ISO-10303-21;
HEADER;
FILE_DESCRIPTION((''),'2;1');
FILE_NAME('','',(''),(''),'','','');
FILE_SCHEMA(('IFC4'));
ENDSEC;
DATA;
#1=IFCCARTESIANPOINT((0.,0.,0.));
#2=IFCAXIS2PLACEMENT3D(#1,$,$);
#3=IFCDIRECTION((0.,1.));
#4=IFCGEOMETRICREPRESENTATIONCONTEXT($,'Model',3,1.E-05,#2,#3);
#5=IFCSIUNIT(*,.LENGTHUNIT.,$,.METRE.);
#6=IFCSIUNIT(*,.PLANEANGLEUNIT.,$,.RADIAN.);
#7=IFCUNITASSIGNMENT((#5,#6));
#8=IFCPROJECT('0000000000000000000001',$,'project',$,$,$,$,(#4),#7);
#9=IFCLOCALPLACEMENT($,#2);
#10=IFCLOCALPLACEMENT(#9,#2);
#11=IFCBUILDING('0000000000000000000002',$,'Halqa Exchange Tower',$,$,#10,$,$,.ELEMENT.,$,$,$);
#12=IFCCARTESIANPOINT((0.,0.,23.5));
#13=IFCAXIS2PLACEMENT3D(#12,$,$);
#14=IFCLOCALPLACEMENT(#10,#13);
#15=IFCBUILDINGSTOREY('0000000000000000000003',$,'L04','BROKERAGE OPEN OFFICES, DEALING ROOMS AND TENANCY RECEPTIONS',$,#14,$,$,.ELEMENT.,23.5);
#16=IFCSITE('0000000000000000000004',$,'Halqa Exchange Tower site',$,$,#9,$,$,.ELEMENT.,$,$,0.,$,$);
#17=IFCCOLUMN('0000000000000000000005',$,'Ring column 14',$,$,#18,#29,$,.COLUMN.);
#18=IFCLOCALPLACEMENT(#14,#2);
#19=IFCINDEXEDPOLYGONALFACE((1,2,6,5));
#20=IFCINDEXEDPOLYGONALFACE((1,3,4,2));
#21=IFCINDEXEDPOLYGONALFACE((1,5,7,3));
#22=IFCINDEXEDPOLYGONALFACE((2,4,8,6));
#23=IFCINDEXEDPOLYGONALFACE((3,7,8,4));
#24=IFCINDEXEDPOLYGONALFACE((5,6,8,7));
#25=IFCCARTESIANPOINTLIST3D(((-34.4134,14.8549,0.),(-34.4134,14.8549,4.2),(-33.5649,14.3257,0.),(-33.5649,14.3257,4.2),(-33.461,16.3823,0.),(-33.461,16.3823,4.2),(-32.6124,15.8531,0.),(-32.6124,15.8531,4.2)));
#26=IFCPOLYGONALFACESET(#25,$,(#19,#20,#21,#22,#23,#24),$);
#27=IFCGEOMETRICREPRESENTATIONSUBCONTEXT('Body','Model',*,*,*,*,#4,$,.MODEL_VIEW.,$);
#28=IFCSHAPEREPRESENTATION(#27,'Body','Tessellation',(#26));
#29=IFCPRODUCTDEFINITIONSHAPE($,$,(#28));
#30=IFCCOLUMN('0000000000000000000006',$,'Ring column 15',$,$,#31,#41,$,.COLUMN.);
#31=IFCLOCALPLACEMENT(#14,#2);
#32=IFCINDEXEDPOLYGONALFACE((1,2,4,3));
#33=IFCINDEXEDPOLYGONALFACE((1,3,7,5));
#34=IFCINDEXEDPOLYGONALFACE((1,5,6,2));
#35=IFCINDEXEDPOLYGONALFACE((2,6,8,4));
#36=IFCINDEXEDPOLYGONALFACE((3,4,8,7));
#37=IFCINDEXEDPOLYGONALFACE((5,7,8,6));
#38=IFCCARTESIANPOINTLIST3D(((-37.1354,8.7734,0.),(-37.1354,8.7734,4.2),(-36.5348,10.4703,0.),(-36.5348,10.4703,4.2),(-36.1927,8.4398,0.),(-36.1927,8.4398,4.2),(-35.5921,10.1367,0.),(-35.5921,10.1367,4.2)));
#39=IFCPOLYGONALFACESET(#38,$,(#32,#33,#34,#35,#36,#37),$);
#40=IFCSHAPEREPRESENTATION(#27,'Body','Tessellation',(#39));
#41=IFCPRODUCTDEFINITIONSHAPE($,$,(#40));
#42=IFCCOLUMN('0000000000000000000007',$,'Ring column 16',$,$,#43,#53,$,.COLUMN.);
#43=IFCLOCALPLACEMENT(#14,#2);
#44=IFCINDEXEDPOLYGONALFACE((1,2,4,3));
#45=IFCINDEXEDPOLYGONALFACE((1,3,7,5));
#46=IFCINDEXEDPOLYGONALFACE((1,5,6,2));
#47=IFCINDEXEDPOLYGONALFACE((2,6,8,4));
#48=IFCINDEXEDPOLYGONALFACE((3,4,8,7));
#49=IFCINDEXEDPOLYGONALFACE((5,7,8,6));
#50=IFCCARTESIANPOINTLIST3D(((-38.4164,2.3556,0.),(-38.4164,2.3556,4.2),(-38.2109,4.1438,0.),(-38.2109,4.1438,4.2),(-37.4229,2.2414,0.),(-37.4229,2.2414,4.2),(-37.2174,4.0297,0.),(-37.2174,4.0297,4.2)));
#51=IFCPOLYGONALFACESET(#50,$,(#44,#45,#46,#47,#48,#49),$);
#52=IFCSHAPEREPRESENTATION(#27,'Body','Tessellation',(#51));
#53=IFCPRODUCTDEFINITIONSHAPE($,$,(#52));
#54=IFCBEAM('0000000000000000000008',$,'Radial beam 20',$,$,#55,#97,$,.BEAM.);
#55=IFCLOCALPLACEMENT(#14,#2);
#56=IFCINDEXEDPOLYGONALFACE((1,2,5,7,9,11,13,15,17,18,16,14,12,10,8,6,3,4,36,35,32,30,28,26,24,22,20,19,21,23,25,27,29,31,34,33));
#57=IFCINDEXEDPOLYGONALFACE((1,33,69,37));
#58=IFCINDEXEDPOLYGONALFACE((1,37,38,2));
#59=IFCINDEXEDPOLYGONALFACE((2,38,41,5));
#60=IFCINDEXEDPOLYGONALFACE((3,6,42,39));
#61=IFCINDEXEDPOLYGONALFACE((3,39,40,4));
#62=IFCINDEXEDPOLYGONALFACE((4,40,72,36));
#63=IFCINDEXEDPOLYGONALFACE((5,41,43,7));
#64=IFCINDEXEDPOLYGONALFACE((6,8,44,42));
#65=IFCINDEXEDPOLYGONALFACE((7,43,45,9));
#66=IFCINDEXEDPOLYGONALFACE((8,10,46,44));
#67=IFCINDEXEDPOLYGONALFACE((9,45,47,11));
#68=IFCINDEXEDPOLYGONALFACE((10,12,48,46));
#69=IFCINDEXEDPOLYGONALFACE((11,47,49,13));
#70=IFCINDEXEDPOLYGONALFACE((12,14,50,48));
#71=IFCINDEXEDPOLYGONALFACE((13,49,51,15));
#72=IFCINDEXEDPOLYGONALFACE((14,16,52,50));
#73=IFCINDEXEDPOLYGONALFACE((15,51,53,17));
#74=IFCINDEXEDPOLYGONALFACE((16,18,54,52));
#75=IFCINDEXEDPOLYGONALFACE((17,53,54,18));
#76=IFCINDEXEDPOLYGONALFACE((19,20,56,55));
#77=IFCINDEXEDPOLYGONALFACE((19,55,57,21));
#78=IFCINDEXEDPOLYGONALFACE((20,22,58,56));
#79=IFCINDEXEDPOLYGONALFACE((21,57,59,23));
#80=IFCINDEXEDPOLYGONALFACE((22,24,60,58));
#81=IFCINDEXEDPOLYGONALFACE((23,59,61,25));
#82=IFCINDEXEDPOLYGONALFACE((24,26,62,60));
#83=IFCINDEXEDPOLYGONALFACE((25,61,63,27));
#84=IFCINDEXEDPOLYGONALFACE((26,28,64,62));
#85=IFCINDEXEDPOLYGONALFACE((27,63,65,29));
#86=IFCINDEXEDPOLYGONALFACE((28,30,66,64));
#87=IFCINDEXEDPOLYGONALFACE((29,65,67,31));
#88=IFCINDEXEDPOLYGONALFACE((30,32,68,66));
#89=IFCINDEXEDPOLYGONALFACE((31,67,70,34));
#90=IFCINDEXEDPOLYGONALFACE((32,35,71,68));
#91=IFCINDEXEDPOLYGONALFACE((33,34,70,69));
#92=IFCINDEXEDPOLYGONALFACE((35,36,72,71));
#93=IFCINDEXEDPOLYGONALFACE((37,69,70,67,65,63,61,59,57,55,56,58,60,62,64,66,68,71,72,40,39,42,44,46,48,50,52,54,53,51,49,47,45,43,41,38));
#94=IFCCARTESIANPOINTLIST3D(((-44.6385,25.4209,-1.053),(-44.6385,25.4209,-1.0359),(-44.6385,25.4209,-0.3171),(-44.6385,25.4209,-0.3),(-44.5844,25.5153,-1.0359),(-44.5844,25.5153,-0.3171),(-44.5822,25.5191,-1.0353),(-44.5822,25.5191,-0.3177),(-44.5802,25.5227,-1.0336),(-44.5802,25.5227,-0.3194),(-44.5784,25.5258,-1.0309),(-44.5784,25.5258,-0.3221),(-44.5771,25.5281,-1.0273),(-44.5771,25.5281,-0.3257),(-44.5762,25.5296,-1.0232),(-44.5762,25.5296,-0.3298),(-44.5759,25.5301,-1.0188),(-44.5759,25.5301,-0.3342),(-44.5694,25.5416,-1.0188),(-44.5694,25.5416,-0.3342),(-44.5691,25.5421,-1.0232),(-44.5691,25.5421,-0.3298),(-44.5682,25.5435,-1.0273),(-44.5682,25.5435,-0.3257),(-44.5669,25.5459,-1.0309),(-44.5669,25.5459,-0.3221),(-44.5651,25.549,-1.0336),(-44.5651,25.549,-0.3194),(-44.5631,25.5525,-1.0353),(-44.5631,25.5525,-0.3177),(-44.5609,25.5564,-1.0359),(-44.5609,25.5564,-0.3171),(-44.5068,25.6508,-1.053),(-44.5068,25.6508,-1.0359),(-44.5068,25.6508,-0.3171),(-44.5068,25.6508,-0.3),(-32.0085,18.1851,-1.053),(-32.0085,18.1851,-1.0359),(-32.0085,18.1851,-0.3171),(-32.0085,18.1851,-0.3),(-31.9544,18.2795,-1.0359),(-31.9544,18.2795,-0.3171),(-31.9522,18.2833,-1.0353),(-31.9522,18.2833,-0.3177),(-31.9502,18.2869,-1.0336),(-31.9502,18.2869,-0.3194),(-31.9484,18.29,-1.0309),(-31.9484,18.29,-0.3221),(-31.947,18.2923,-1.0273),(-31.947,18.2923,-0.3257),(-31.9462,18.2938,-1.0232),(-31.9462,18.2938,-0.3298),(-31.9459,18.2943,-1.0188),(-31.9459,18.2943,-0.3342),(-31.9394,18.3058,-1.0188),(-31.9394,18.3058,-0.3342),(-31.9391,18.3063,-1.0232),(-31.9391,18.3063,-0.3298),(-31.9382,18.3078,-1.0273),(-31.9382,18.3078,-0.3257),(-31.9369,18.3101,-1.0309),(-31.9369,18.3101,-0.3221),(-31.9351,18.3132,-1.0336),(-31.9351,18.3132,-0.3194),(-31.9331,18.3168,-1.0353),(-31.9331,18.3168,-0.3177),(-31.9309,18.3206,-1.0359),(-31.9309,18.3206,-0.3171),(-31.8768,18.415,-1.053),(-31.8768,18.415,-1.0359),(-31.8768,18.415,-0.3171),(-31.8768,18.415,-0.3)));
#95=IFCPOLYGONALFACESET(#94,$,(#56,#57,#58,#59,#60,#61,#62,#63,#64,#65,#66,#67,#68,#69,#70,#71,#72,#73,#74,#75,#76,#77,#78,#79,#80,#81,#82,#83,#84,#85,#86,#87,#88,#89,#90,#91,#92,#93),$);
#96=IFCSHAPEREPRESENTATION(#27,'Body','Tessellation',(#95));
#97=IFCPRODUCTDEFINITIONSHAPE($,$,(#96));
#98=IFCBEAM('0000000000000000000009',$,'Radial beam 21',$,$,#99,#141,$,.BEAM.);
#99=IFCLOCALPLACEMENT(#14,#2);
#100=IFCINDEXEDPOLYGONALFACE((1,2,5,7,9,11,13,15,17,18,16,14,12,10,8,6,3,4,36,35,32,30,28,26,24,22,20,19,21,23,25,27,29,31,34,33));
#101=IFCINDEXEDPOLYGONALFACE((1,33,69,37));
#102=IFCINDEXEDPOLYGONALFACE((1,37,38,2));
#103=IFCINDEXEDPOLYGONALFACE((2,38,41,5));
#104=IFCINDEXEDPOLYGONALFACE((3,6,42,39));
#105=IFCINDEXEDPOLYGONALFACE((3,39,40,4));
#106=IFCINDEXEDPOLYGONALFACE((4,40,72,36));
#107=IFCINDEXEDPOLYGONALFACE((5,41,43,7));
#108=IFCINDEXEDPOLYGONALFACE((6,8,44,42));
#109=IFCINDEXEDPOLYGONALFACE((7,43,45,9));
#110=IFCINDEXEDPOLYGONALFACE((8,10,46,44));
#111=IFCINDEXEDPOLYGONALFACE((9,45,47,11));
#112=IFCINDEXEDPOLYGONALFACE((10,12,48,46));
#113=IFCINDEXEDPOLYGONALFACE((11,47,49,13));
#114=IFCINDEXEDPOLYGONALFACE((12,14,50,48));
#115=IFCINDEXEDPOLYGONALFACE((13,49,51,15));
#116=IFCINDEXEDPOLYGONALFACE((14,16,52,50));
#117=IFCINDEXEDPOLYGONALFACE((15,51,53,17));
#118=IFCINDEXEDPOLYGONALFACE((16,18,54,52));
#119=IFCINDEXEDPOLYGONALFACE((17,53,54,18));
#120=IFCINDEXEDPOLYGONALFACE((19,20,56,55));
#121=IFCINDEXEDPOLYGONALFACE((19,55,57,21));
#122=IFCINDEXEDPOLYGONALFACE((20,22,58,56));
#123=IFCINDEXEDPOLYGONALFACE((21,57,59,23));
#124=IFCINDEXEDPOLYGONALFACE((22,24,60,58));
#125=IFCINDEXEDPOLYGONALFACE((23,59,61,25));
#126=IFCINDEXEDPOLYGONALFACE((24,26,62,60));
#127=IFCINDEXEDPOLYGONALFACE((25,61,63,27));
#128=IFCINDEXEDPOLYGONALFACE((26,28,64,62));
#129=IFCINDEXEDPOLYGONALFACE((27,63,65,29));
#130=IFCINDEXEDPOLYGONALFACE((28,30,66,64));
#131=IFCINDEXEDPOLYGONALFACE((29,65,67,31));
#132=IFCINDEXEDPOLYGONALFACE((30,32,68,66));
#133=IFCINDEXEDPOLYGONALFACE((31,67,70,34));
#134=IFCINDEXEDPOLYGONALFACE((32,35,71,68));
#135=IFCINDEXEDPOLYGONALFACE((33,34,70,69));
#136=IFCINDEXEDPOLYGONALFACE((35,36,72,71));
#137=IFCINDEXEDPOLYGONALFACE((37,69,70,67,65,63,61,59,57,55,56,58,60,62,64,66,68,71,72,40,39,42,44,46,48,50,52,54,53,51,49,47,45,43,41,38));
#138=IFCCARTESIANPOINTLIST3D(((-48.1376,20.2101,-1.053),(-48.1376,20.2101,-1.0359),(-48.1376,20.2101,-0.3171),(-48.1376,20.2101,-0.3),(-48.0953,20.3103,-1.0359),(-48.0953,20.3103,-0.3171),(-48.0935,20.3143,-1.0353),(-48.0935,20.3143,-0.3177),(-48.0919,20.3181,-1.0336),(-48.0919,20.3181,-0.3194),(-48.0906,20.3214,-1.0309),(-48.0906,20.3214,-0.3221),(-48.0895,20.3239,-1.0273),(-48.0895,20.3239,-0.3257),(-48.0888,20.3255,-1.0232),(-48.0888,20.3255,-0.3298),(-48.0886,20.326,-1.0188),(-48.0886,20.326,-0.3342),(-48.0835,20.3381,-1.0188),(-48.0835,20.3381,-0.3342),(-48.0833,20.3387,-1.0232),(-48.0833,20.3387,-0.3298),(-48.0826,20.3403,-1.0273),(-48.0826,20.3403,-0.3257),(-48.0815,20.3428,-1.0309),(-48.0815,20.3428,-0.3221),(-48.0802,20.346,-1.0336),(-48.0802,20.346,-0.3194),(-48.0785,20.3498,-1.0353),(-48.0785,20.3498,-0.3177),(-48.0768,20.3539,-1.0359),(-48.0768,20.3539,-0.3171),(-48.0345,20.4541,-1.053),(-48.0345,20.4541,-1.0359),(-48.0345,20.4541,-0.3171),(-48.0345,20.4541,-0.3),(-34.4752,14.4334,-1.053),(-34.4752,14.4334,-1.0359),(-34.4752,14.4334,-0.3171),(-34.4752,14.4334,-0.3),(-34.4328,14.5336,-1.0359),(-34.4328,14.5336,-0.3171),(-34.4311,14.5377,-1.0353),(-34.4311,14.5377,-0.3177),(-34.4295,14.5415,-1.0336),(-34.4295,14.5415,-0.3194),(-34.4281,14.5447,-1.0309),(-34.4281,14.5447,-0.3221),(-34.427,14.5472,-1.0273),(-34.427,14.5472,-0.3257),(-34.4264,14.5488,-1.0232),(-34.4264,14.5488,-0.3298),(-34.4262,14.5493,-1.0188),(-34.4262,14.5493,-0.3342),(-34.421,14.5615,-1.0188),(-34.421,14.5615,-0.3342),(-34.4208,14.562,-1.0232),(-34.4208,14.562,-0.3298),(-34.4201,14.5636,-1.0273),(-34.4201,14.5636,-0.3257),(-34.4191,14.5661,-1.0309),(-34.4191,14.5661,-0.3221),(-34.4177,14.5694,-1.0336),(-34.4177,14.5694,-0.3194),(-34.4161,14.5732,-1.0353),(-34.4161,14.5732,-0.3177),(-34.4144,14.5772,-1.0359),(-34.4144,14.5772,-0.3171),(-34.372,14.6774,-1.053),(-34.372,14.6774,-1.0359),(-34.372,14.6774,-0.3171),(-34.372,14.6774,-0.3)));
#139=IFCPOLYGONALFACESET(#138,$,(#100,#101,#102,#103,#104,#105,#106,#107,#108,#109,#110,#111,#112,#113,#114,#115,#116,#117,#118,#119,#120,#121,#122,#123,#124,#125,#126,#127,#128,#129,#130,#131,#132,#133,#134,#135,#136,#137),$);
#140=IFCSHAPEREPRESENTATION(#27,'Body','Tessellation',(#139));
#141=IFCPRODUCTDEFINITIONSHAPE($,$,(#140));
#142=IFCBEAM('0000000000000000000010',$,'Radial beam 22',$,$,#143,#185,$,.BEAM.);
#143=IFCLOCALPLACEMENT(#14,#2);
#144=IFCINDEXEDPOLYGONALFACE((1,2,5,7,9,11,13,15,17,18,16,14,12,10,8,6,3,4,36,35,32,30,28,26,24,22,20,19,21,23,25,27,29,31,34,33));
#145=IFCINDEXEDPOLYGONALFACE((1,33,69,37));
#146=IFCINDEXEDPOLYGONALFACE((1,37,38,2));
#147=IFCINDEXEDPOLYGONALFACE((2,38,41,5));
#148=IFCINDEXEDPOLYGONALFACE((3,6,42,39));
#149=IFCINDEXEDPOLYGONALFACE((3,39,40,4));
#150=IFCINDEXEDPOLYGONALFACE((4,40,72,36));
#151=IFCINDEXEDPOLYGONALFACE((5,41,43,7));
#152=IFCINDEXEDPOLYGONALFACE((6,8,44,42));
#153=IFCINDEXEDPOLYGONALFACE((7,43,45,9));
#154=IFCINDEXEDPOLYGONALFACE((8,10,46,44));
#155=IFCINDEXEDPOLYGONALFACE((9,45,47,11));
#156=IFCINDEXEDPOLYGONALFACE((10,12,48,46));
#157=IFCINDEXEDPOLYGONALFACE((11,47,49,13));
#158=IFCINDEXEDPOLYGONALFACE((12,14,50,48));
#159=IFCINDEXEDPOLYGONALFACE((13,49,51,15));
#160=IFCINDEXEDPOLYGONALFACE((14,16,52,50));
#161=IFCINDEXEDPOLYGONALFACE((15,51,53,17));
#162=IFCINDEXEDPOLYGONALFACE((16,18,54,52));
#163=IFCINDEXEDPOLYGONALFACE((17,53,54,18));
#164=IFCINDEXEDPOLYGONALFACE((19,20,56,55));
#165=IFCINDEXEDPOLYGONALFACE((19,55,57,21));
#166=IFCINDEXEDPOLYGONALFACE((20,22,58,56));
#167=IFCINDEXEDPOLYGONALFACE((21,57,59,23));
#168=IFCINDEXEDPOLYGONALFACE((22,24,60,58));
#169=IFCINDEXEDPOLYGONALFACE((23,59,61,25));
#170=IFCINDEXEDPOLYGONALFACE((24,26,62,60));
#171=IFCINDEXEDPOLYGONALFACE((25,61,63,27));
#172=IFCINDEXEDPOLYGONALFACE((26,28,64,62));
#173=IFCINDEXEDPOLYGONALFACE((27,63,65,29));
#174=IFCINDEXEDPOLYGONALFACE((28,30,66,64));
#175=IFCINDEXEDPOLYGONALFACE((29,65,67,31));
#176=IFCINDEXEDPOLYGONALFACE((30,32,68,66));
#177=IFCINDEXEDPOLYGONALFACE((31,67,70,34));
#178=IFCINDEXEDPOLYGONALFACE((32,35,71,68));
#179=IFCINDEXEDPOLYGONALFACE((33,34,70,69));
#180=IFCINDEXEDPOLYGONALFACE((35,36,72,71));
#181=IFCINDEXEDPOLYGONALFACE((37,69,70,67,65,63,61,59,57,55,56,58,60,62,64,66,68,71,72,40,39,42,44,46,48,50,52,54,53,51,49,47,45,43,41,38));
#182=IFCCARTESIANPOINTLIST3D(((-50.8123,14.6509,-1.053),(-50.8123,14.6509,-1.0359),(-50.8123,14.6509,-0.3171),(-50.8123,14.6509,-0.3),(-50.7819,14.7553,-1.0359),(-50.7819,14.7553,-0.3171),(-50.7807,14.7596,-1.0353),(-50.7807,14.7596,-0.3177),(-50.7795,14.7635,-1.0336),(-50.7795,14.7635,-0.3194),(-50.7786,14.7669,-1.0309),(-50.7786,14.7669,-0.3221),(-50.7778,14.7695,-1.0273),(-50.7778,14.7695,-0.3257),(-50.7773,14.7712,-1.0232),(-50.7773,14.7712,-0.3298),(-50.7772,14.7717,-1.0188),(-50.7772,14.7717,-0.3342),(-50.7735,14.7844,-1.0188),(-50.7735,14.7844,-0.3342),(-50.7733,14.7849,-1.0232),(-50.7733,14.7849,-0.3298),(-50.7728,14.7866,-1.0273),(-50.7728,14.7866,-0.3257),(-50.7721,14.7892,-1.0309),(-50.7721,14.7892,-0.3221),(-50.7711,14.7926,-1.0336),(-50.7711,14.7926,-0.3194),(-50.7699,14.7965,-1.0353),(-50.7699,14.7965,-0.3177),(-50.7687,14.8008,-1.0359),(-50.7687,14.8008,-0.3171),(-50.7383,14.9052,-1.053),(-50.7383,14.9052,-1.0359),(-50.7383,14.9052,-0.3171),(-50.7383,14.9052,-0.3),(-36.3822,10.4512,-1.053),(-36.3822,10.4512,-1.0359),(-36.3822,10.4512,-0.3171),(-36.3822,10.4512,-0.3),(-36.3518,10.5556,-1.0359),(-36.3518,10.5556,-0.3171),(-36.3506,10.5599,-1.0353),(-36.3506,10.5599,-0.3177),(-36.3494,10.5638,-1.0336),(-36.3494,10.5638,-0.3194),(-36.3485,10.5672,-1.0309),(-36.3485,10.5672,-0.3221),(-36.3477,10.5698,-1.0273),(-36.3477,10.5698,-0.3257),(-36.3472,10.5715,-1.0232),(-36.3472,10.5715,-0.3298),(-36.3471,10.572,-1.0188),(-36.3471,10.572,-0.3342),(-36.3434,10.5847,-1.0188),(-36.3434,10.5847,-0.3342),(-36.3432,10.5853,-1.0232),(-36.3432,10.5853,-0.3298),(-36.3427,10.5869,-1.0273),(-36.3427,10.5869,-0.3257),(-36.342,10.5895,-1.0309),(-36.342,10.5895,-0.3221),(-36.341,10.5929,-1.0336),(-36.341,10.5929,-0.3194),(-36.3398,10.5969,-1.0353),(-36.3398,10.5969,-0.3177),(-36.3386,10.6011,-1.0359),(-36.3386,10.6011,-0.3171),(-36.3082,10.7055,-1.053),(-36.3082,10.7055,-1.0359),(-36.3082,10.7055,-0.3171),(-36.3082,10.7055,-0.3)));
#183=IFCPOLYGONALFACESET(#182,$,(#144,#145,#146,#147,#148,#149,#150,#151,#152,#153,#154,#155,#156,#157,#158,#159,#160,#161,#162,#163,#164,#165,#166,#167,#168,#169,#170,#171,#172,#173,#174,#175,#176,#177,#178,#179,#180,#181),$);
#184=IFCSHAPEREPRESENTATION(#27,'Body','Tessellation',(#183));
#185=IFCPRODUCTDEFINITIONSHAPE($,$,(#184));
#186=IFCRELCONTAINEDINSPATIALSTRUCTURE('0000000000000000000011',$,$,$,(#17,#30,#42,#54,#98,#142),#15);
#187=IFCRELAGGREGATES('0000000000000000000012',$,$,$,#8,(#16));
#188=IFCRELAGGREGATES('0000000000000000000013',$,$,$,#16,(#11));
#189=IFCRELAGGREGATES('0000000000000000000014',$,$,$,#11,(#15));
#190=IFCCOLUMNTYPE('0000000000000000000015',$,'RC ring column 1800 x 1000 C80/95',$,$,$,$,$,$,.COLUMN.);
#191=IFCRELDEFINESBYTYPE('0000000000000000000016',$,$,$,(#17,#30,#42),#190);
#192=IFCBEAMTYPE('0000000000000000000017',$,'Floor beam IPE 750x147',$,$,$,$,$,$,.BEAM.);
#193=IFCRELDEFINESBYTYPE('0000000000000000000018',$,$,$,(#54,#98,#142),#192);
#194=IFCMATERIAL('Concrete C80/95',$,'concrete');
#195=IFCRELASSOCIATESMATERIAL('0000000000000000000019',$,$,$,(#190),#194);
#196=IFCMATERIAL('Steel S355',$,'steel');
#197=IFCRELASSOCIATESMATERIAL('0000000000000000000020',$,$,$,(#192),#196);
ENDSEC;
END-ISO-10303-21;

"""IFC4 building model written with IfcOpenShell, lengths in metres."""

from ifc_helpers import new_model, si_unit, direction, frame, origin, origin_2d, place, context, subcontext, project, spatial, rectangle, i_section, extrude, material, material_profile, profile_set, type_object, element, save


model = new_model("IFC4")

# Units and contexts
model_context = context("Model", 3, precision=1e-05, world=origin(), true_north=direction((0.0, 1.0)))
body_context = subcontext(model_context, "Body", "Model", "MODEL_VIEW")
ifc_project = project(units=[si_unit("LENGTHUNIT", "METRE"), si_unit("PLANEANGLEUNIT", "RADIAN")], contexts=[model_context])

# Site, building, storey
site_placement = place(None, origin())
site = spatial("IfcSite", under=ifc_project, at=site_placement, Name="Halqa Exchange Tower site", CompositionType="ELEMENT", RefElevation=0.0)
building_placement = place(site_placement, origin())
building = spatial("IfcBuilding", under=site, at=building_placement, Name="Halqa Exchange Tower", CompositionType="ELEMENT")
storey_placement = place(building_placement, frame((0.0, 0.0, 23.5)))
storey = spatial("IfcBuildingStorey", under=building, at=storey_placement, Name="L04", Description="BROKERAGE OPEN OFFICES, DEALING ROOMS AND TENANCY RECEPTIONS", CompositionType="ELEMENT", Elevation=23.5)

# Columns
ifc_material_1 = material(Name="Concrete C80/95", Category="concrete")
ifc_material_profile_1 = material_profile(ifc_material_1, rectangle(XDim=1.8, YDim=1.0, at=origin_2d()), Name="1800 x 1000")
ifc_profile_set_1 = profile_set([ifc_material_profile_1], Name="Concrete C80/95")
column_type = type_object("IfcColumnType", Name="RC ring column 1800 x 1000 C80/95", PredefinedType="COLUMN", material=ifc_profile_set_1)
for number, where, z_axis, x_axis, name in (
    (1, (-33.5129, 15.354, 0.0), (0.0, 0.0, 1.0), (-0.52914, -0.848534, 0.0), "Ring column 14"),
    (2, (-36.3638, 9.4551, 0.0), (0.0, 0.0, 1.0), (-0.333628, -0.942705, 0.0), "Ring column 15"),
    (3, (-37.8169, 3.1926, 0.0), (0.0, 0.0, 1.0), (-0.114155, -0.993463, 0.0), "Ring column 16"),
):
    element("IfcColumn", number, at=place(storey_placement, frame(where, z_axis=z_axis, x_axis=x_axis)), inside=storey, type_object=column_type, Name=name, PredefinedType="COLUMN", context=body_context, shape_type="SweptSolid", body=[
        extrude(rectangle(XDim=1.8, YDim=1.0, at=origin_2d()), origin(), (0.0, 0.0, 1.0), 4.2),
    ])

# Beams
ifc_material_2 = material(Name="Steel S355", Category="steel")
ifc_material_profile_2 = material_profile(ifc_material_2, i_section(OverallWidth=0.2649, OverallDepth=0.7529, WebThickness=0.0132, FlangeThickness=0.0171, FilletRadius=0.0171, at=origin_2d()), Name="IPE 750x147")
ifc_profile_set_2 = profile_set([ifc_material_profile_2], Name="Steel S355")
beam_type_1 = type_object("IfcBeamType", Name="Floor beam IPE 750x147", PredefinedType="BEAM", material=ifc_profile_set_2)
beam_1_placement = place(storey_placement, frame((-31.9426, 18.3, -0.6765), z_axis=(-0.867691, 0.497103, 0.0), x_axis=(-0.497103, -0.867691, 0.0)))
element("IfcBeam", 4, at=beam_1_placement, inside=storey, type_object=beam_type_1, Name="Radial beam 20", PredefinedType="BEAM", context=body_context, shape_type="SweptSolid", body=[
    extrude(i_section(OverallWidth=0.2649, OverallDepth=0.7529, WebThickness=0.0132, FlangeThickness=0.0171, FilletRadius=0.0171, at=origin_2d()), origin(), (0.0, 0.0, 1.0), 14.5559),
])
beam_2_placement = place(storey_placement, frame((-34.4236, 14.5554, -0.6765), z_axis=(-0.921055, 0.389433, 0.0), x_axis=(-0.389433, -0.921055, 0.0)))
element("IfcBeam", 5, at=beam_2_placement, inside=storey, type_object=beam_type_1, Name="Radial beam 21", PredefinedType="BEAM", context=body_context, shape_type="SweptSolid", body=[
    extrude(i_section(OverallWidth=0.2649, OverallDepth=0.7529, WebThickness=0.0132, FlangeThickness=0.0171, FilletRadius=0.0171, at=origin_2d()), origin(), (0.0, 0.0, 1.0), 14.8335),
])
beam_3_placement = place(storey_placement, frame((-36.3452, 10.5784, -0.6765), z_axis=(-0.960162, 0.279442, 0.0), x_axis=(-0.279442, -0.960162, 0.0)))
element("IfcBeam", 6, at=beam_3_placement, inside=storey, type_object=beam_type_1, Name="Radial beam 22", PredefinedType="BEAM", context=body_context, shape_type="SweptSolid", body=[
    extrude(i_section(OverallWidth=0.2649, OverallDepth=0.7529, WebThickness=0.0132, FlangeThickness=0.0171, FilletRadius=0.0171, at=origin_2d()), origin(), (0.0, 0.0, 1.0), 15.0288),
])

save(model, "model.ifc")
